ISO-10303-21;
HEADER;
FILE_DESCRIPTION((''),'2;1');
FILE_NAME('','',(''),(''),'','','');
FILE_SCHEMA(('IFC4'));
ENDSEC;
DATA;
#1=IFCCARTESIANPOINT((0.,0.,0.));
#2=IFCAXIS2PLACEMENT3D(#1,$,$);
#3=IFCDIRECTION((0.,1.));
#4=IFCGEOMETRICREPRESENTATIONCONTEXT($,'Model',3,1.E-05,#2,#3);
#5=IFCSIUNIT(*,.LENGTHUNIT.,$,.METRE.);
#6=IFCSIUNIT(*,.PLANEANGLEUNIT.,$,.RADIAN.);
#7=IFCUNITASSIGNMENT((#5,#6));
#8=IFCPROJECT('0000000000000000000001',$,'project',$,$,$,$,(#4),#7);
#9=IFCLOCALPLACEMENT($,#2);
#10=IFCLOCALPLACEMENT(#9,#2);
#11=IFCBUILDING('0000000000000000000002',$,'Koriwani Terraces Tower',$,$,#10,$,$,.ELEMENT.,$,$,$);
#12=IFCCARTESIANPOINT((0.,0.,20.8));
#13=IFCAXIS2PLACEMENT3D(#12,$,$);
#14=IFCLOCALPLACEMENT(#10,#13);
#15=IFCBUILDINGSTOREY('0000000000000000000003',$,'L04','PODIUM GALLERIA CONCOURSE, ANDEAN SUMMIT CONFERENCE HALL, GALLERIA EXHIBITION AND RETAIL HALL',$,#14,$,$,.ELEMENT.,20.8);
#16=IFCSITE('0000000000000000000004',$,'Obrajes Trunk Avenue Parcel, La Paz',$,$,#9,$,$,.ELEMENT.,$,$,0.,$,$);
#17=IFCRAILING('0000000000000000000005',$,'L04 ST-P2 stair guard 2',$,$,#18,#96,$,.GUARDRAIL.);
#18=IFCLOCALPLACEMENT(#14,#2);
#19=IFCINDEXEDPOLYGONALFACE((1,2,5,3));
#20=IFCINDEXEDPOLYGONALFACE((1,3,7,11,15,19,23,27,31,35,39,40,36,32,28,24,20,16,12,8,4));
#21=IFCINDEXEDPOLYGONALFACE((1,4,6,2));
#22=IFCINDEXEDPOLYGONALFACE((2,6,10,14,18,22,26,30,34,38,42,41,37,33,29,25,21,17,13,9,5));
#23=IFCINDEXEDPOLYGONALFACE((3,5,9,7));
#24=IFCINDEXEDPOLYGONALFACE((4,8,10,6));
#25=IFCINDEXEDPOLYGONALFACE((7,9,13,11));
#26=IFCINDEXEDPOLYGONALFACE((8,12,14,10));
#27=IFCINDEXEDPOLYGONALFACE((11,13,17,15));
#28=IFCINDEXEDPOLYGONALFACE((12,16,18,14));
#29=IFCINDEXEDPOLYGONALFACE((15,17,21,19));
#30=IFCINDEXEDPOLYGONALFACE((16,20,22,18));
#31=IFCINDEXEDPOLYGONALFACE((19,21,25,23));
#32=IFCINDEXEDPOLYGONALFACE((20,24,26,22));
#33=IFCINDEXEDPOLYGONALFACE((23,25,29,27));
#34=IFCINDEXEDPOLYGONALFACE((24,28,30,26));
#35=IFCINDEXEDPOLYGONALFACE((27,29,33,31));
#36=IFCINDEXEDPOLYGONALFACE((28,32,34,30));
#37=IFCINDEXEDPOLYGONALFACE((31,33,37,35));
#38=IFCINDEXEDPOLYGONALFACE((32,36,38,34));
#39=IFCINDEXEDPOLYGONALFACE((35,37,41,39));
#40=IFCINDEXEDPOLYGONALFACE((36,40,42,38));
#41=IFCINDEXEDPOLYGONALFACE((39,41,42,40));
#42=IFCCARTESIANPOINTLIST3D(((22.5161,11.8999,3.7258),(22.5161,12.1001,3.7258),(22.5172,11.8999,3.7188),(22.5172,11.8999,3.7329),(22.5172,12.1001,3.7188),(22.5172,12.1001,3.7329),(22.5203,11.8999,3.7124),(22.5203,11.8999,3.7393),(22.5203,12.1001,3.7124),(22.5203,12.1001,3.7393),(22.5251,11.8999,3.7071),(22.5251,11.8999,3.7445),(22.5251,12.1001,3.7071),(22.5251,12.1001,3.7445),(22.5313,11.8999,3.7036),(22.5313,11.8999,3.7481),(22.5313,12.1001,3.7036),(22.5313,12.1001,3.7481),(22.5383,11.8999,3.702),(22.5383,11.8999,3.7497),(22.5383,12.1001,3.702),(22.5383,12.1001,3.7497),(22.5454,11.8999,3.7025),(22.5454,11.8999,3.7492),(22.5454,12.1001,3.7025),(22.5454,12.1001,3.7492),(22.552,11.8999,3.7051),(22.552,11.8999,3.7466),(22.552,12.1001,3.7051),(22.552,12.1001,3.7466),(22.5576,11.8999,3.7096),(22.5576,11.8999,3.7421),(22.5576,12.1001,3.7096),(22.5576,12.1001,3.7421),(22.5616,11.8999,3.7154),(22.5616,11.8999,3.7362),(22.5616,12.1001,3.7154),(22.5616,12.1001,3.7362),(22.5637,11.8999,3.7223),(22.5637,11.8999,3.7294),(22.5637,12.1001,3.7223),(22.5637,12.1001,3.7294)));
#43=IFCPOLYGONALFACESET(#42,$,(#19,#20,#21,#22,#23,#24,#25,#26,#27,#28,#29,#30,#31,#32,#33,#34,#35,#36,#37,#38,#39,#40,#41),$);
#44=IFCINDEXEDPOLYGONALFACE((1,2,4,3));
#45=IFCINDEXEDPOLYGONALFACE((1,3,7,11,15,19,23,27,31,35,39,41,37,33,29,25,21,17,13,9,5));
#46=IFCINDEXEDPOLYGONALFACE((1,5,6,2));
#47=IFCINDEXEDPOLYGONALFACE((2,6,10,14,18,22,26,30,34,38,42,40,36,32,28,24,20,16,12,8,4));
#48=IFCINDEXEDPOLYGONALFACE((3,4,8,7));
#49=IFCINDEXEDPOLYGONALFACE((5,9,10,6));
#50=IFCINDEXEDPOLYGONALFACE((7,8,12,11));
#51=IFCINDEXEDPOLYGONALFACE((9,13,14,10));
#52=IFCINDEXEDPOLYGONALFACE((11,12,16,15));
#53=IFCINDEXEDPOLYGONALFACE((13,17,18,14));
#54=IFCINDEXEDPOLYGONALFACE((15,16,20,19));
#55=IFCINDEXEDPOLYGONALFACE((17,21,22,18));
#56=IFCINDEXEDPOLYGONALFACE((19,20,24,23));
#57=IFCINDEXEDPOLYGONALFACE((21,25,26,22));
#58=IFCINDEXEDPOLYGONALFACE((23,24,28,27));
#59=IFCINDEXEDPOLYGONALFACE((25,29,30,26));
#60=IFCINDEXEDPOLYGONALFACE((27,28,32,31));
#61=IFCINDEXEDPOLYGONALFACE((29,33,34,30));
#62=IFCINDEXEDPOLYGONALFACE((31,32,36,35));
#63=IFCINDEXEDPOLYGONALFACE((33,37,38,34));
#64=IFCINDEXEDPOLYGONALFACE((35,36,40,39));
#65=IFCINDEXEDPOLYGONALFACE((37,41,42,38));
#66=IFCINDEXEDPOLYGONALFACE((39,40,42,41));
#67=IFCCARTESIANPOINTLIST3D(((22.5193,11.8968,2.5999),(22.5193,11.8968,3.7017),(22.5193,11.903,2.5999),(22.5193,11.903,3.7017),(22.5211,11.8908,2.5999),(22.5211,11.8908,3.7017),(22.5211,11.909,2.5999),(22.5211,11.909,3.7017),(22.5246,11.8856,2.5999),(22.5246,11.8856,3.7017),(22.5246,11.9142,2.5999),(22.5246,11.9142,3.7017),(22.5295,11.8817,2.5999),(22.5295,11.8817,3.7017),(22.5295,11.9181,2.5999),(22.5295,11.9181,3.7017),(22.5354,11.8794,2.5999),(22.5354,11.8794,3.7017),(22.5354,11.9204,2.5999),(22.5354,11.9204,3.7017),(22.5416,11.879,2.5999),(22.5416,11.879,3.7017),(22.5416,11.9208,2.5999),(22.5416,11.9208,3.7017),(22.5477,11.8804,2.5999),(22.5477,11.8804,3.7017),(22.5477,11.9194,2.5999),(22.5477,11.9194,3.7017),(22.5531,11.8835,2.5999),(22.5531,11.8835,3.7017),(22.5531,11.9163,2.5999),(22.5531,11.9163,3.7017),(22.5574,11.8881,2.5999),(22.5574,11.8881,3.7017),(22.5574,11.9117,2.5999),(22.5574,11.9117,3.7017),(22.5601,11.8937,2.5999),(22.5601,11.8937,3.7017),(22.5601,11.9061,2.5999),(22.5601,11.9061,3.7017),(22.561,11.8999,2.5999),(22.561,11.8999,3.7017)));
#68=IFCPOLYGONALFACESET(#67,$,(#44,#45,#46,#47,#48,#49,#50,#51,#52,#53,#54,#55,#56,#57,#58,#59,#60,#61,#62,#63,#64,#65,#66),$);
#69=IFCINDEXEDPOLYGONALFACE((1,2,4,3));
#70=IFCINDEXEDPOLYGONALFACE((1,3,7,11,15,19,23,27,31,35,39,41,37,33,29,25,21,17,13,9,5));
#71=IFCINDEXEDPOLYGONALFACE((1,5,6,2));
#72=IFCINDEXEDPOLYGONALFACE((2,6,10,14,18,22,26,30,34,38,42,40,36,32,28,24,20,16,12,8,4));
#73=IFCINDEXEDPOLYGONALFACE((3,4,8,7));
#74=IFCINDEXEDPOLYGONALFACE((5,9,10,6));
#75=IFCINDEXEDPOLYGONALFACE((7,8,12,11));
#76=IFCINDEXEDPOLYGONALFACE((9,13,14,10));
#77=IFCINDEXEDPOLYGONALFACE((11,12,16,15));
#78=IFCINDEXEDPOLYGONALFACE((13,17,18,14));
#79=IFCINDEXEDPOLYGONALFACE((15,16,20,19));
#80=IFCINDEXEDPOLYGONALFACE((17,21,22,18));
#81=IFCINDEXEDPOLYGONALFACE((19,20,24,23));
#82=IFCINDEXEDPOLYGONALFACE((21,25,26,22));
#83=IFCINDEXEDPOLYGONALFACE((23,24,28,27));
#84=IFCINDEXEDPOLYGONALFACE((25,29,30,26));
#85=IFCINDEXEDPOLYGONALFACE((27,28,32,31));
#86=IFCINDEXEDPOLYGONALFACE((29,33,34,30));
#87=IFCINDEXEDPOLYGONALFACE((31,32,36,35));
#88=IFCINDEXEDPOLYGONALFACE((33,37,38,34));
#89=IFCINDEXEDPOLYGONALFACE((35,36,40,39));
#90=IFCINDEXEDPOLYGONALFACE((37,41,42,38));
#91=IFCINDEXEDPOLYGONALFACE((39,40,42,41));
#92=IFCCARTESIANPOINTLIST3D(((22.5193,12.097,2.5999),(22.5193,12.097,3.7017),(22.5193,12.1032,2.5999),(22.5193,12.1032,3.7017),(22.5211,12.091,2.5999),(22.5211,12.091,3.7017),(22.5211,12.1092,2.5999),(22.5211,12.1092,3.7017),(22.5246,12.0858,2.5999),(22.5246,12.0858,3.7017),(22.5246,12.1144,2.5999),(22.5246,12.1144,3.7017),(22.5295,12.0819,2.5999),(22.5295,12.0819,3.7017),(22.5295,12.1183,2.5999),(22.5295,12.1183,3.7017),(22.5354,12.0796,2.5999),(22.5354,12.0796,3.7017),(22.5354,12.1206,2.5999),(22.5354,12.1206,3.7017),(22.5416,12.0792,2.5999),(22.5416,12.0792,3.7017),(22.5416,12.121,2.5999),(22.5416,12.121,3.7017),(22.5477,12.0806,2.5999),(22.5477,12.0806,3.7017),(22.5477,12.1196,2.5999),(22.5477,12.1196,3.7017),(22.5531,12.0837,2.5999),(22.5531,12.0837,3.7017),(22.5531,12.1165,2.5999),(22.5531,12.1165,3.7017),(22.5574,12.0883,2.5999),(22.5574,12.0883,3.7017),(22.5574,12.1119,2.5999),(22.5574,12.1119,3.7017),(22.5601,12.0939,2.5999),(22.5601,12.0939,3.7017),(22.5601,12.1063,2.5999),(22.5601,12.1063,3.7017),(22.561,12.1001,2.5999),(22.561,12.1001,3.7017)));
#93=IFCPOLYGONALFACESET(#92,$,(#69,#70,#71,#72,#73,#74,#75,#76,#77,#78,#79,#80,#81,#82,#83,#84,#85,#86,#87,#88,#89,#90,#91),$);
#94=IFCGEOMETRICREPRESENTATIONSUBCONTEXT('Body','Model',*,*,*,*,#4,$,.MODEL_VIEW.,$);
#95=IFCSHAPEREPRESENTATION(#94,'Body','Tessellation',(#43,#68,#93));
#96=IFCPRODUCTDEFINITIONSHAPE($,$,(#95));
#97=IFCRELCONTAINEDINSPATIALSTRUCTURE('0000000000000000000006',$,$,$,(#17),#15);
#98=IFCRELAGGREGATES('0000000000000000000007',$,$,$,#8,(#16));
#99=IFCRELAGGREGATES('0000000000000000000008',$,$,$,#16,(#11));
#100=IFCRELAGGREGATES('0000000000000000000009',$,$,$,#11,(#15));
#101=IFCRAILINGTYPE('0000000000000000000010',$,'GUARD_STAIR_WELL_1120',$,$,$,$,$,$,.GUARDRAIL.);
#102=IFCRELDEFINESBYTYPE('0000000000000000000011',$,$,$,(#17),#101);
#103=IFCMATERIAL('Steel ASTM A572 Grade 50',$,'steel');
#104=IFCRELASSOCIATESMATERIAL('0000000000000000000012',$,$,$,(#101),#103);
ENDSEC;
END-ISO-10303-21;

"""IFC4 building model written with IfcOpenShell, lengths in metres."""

from ifc_helpers import new_model, si_unit, direction, frame, origin, origin_2d, place, context, subcontext, project, spatial, circle, extrude, material, type_object, element, save


model = new_model("IFC4")

# Units and contexts
model_context = context("Model", 3, precision=1e-05, world=origin(), true_north=direction((0.0, 1.0)))
body_context = subcontext(model_context, "Body", "Model", "MODEL_VIEW")
ifc_project = project(units=[si_unit("LENGTHUNIT", "METRE"), si_unit("PLANEANGLEUNIT", "RADIAN")], contexts=[model_context])

# Site, building, storey
site_placement = place(None, origin())
site = spatial("IfcSite", under=ifc_project, at=site_placement, Name="Obrajes Trunk Avenue Parcel, La Paz", CompositionType="ELEMENT", RefElevation=0.0)
building_placement = place(site_placement, origin())
building = spatial("IfcBuilding", under=site, at=building_placement, Name="Koriwani Terraces Tower", CompositionType="ELEMENT")
storey_placement = place(building_placement, frame((0.0, 0.0, 20.8)))
storey = spatial("IfcBuildingStorey", under=building, at=storey_placement, Name="L04", Description="PODIUM GALLERIA CONCOURSE, ANDEAN SUMMIT CONFERENCE HALL, GALLERIA EXHIBITION AND RETAIL HALL", CompositionType="ELEMENT", Elevation=20.8)

# Shared definitions
ifc_material_1 = material(Name="Steel ASTM A572 Grade 50", Category="steel")

# Railing
railing_type_1 = type_object("IfcRailingType", Name="GUARD_STAIR_WELL_1120", PredefinedType="GUARDRAIL", material=ifc_material_1)
railing_1_placement = place(storey_placement, frame((22.54, 11.8999, 2.5999)))
element("IfcRailing", 1, at=railing_1_placement, inside=storey, type_object=railing_type_1, Name="L04 ST-P2 stair guard 2", PredefinedType="GUARDRAIL", context=body_context, shape_type="SweptSolid", body=[
    extrude(circle(Radius=0.0239, at=origin_2d()), frame((0.0, 0.0, 1.126), z_axis=(0.0, 1.0, 0.0), x_axis=(-1.0, 0.0, 0.0)), (0.0, 0.0, 1.0), 0.2002),
    extrude(circle(Radius=0.021, at=origin_2d()), origin(), (0.0, 0.0, 1.0), 1.1018),
    extrude(circle(Radius=0.021, at=origin_2d()), frame((0.0, 0.2002, 0.0)), (0.0, 0.0, 1.0), 1.1018),
])

save(model, "model.ifc")
